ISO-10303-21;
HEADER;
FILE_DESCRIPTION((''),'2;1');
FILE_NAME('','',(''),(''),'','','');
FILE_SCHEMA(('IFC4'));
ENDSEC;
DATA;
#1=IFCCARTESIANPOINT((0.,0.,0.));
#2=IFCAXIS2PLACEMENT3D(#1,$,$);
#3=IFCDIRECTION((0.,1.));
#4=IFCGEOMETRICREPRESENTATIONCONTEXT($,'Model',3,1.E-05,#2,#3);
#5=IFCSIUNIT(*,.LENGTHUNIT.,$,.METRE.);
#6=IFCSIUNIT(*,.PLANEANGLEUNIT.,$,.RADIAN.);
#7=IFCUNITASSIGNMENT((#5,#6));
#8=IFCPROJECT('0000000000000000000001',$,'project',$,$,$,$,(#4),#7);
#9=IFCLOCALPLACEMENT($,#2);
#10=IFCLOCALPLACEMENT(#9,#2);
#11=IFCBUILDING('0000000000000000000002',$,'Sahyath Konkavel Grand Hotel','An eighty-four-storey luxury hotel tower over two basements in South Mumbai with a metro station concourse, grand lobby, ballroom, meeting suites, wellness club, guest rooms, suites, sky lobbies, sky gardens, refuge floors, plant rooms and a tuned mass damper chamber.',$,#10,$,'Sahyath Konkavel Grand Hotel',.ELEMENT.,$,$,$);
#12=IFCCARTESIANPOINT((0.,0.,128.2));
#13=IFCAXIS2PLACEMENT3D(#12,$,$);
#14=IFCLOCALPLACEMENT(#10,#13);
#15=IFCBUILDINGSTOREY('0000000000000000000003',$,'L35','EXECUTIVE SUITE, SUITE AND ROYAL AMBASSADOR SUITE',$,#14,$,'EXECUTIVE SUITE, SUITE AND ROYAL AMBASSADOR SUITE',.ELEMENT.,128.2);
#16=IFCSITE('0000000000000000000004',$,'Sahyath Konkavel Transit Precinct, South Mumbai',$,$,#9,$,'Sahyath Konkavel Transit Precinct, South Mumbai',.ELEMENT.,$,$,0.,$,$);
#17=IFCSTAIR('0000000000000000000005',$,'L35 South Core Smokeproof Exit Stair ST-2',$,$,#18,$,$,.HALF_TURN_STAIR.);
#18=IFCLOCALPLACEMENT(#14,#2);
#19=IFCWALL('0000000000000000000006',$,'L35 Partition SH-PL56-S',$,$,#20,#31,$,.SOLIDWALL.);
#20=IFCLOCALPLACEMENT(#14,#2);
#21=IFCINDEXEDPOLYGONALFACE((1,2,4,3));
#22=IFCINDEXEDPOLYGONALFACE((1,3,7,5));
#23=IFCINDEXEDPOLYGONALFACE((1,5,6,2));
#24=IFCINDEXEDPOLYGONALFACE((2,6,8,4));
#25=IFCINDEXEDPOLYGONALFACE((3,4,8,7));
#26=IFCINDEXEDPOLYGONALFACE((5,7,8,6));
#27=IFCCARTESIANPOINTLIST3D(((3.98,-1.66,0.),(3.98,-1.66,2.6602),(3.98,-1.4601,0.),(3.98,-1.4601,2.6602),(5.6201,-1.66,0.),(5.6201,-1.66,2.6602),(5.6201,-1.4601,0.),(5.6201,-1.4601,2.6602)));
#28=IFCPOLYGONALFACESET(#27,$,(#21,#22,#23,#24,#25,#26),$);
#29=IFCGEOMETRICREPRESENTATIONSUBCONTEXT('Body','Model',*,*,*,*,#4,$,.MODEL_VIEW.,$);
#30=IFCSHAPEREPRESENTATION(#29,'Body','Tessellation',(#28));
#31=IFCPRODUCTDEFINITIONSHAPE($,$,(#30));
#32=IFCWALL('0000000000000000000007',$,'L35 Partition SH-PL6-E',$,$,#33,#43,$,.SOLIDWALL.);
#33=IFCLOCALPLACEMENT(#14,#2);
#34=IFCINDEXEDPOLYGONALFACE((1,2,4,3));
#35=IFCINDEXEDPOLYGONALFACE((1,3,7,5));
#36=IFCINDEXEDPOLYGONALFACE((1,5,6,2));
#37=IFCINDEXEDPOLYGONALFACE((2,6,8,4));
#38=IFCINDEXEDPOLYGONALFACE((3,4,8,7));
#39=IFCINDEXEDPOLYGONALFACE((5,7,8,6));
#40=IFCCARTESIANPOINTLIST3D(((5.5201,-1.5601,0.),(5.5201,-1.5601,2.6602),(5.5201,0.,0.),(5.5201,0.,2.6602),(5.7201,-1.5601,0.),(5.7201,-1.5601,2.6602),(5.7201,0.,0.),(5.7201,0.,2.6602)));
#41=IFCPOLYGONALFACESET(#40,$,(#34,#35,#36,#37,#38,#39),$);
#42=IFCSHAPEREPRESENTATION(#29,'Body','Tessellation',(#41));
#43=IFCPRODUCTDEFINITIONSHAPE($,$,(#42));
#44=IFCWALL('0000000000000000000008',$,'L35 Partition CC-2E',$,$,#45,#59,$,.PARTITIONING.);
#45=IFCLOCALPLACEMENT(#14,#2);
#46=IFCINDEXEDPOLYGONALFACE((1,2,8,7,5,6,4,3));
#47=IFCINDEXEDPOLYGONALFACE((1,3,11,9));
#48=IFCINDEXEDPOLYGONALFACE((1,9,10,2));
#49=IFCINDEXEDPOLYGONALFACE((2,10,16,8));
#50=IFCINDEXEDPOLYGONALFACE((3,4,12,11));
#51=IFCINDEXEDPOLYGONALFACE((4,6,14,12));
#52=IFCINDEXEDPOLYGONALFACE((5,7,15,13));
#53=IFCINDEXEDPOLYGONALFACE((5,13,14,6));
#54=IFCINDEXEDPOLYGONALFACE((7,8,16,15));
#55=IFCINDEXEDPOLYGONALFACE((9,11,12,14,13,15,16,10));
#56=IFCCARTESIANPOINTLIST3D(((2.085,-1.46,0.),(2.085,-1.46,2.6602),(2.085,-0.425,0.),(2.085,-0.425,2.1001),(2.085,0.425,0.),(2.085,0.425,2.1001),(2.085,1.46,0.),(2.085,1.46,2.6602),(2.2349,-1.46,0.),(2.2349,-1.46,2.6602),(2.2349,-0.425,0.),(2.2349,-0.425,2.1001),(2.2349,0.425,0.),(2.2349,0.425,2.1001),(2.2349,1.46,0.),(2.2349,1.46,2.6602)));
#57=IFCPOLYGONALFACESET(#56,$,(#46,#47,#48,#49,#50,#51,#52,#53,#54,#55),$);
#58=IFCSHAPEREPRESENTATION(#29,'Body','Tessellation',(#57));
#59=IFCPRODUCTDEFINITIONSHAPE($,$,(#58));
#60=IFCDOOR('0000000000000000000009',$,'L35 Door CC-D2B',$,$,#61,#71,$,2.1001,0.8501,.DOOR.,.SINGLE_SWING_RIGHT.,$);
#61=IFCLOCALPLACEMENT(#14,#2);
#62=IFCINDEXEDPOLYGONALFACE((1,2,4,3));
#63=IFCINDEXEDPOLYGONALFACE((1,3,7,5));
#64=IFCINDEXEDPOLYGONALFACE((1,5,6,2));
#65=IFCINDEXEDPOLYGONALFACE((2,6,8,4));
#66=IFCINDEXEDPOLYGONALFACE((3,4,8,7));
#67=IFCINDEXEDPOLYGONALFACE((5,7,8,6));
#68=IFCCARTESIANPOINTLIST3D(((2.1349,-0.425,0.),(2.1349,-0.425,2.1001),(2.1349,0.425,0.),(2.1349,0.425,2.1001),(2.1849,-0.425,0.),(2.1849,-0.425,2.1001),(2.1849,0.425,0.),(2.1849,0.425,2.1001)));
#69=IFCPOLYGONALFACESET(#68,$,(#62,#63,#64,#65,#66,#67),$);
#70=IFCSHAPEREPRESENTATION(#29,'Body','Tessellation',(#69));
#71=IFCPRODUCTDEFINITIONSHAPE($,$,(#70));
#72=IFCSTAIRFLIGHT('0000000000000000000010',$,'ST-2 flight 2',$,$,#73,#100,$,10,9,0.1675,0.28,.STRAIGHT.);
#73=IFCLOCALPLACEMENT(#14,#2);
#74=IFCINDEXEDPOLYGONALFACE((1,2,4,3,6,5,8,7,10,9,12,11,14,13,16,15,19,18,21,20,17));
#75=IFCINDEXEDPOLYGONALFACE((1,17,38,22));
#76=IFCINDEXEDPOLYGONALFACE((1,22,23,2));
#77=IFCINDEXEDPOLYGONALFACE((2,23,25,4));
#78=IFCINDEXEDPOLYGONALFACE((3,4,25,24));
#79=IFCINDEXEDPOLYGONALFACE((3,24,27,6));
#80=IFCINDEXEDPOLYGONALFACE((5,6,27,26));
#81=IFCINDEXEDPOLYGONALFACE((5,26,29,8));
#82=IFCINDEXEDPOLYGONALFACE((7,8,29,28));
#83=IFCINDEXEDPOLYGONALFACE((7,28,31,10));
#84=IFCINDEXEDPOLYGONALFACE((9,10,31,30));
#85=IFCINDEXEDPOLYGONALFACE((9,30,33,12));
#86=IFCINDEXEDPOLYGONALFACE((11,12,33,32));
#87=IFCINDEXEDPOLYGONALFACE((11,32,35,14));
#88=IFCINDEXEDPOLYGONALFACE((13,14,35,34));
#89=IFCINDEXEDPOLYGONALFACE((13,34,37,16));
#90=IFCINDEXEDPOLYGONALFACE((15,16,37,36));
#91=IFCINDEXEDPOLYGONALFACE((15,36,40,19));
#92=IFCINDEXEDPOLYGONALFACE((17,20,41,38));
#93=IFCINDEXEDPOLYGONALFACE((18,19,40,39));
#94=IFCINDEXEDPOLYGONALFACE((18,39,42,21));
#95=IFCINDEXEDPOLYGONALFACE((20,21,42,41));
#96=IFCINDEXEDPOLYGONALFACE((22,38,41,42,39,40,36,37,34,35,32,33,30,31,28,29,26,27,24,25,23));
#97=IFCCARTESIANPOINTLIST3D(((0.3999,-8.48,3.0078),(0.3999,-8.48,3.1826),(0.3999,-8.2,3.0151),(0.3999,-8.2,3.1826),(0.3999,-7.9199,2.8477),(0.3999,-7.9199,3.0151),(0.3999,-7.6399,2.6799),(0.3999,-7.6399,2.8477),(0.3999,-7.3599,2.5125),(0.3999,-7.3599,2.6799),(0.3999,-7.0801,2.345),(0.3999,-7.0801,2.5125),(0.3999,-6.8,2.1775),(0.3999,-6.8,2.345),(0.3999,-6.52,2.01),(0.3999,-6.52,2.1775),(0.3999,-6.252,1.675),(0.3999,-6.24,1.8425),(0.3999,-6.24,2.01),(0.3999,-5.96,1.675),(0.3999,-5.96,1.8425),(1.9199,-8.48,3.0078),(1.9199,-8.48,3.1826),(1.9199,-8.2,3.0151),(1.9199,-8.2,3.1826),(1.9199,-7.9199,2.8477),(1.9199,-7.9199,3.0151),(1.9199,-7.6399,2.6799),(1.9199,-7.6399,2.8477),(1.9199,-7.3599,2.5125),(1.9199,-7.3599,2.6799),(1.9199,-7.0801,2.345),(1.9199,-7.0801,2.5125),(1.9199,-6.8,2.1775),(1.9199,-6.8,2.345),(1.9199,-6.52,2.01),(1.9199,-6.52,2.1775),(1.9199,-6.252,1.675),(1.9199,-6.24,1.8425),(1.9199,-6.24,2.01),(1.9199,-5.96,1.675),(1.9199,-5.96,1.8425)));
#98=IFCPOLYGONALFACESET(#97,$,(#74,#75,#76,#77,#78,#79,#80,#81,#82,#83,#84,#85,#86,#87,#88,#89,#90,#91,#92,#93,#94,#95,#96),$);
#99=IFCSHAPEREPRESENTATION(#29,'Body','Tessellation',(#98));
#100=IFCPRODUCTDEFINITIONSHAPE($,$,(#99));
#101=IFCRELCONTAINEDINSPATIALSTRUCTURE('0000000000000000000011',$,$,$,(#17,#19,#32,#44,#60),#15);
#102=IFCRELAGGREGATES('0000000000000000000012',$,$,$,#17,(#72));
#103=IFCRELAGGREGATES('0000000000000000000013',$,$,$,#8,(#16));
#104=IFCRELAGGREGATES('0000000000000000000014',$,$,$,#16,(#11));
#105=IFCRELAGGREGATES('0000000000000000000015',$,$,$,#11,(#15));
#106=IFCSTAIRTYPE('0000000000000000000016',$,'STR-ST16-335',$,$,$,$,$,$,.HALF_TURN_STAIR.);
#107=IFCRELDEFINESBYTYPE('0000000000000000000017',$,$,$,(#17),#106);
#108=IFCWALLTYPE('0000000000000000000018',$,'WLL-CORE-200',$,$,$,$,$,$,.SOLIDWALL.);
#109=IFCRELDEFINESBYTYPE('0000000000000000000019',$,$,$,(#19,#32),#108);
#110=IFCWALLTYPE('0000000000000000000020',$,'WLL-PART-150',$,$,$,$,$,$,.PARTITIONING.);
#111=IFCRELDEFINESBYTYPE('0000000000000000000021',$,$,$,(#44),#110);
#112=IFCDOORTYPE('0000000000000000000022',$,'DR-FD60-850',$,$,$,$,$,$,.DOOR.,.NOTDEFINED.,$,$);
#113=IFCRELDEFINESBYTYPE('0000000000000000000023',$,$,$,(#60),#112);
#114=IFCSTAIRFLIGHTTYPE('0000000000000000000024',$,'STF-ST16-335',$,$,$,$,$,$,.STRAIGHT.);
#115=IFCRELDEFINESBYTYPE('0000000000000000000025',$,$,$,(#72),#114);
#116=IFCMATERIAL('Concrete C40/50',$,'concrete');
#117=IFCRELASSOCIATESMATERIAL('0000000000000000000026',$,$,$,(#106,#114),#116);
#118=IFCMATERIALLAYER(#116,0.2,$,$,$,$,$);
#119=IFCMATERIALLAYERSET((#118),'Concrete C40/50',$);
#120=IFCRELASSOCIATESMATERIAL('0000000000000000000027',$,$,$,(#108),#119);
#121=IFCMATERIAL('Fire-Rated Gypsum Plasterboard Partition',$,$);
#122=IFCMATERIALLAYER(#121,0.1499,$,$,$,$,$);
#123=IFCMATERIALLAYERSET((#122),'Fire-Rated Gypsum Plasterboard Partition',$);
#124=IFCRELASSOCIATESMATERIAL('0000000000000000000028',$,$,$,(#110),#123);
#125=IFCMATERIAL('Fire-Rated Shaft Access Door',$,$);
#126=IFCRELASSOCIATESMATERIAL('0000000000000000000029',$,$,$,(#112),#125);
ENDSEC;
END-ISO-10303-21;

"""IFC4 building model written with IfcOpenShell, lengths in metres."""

from ifc_helpers import new_model, si_unit, direction, frame, frame_2d, origin, origin_2d, place, context, subcontext, project, spatial, polyline, rectangle, outline, extrude, source, transform, mapped, material, layer, layer_set, type_object, element, fill, aggregate, save


model = new_model("IFC4")

# Units and contexts
model_context = context("Model", 3, precision=1e-05, world=origin(), true_north=direction((0.0, 1.0)))
body_context = subcontext(model_context, "Body", "Model", "MODEL_VIEW")
ifc_project = project(units=[si_unit("LENGTHUNIT", "METRE"), si_unit("PLANEANGLEUNIT", "RADIAN")], contexts=[model_context])

# Site, building, storey
site_placement = place(None, origin())
site = spatial("IfcSite", under=ifc_project, at=site_placement, Name="Sahyath Konkavel Transit Precinct, South Mumbai", LongName="Sahyath Konkavel Transit Precinct, South Mumbai", CompositionType="ELEMENT", RefElevation=0.0)
building_placement = place(site_placement, origin())
building = spatial("IfcBuilding", under=site, at=building_placement, Name="Sahyath Konkavel Grand Hotel", Description="An eighty-four-storey luxury hotel tower over two basements in South Mumbai with a metro station concourse, grand lobby, ballroom, meeting suites, wellness club, guest rooms, suites, sky lobbies, sky gardens, refuge floors, plant rooms and a tuned mass damper chamber.", LongName="Sahyath Konkavel Grand Hotel", CompositionType="ELEMENT")
storey_placement = place(building_placement, frame((0.0, 0.0, 128.2)))
storey = spatial("IfcBuildingStorey", under=building, at=storey_placement, Name="L35", Description="EXECUTIVE SUITE, SUITE AND ROYAL AMBASSADOR SUITE", LongName="EXECUTIVE SUITE, SUITE AND ROYAL AMBASSADOR SUITE", CompositionType="ELEMENT", Elevation=128.2)

# Shared definitions
ifc_material_1 = material(Name="Concrete C40/50", Category="concrete")

# Stair
stair_type = type_object("IfcStairType", Name="STR-ST16-335", PredefinedType="HALF_TURN_STAIR", material=ifc_material_1)
stair_1_placement = place(storey_placement, origin())
stair_1 = element("IfcStair", 1, at=stair_1_placement, inside=storey, type_object=stair_type, Name="L35 South Core Smokeproof Exit Stair ST-2", PredefinedType="HALF_TURN_STAIR")

# Walls
ifc_layer_1 = layer(ifc_material_1, 0.2)
ifc_layer_set_1 = layer_set([ifc_layer_1], Name="Concrete C40/50")
wall_type_1 = type_object("IfcWallType", Name="WLL-CORE-200", PredefinedType="SOLIDWALL", material=ifc_layer_set_1)
wall_1_placement = place(storey_placement, frame((3.98, -1.5601, 0.0), z_axis=(0.0, 0.0, 1.0), x_axis=(1.0, 0.0, 0.0)))
element("IfcWall", 2, at=wall_1_placement, inside=storey, type_object=wall_type_1, Name="L35 Partition SH-PL56-S", PredefinedType="SOLIDWALL", context=body_context, shape_type="SweptSolid", body=[
    extrude(rectangle(XDim=1.6401, YDim=0.2, at=frame_2d((0.8201, 0.0))), origin(), (0.0, 0.0, 1.0), 2.6602),
])
wall_2_placement = place(storey_placement, frame((5.6201, -1.5601, 0.0), z_axis=(0.0, 0.0, 1.0), x_axis=(0.0, 1.0, 0.0)))
element("IfcWall", 3, at=wall_2_placement, inside=storey, type_object=wall_type_1, Name="L35 Partition SH-PL6-E", PredefinedType="SOLIDWALL", context=body_context, shape_type="SweptSolid", body=[
    extrude(rectangle(XDim=1.5601, YDim=0.2, at=frame_2d((0.78, 0.0))), origin(), (0.0, 0.0, 1.0), 2.6602),
])

# Wall, opening, door
ifc_material_2 = material(Name="Fire-Rated Gypsum Plasterboard Partition")
ifc_layer_2 = layer(ifc_material_2, 0.1499)
ifc_layer_set_2 = layer_set([ifc_layer_2], Name="Fire-Rated Gypsum Plasterboard Partition")
wall_type_2 = type_object("IfcWallType", Name="WLL-PART-150", PredefinedType="PARTITIONING", material=ifc_layer_set_2)
wall_3_placement = place(storey_placement, frame((2.1599, -1.46, 0.0), z_axis=(0.0, 0.0, 1.0), x_axis=(0.0, 1.0, 0.0)))
wall_3 = element("IfcWall", 4, at=wall_3_placement, inside=storey, type_object=wall_type_2, Name="L35 Partition CC-2E", PredefinedType="PARTITIONING", context=body_context, shape_type="SweptSolid", body=[
    extrude(rectangle(XDim=2.9199, YDim=0.1499, at=frame_2d((1.46, 0.0))), origin(), (0.0, 0.0, 1.0), 2.6602),
])
opening_placement = place(wall_3_placement, frame((1.0349, 0.0, 0.0)))
opening = element("IfcOpeningElement", 5, at=opening_placement, cuts=wall_3, PredefinedType="OPENING", context=body_context, shape_type="SweptSolid", body=[
    extrude(rectangle(XDim=0.8501, YDim=2.1001, at=frame_2d((0.425, 1.05))), frame((0.0, 0.085, 0.0), z_axis=(0.0, -1.0, 0.0), x_axis=(1.0, 0.0, 0.0)), (0.0, 0.0, 1.0), 0.1699),
])
ifc_material_3 = material(Name="Fire-Rated Shaft Access Door")
door_type = type_object("IfcDoorType", Name="DR-FD60-850", OperationType="NOTDEFINED", PredefinedType="DOOR", material=ifc_material_3)
shared_shape_1 = source(origin(), body_context, "Body", "SweptSolid", [
    extrude(rectangle(XDim=0.8501, YDim=0.05, at=origin_2d()), origin(), (0.0, 0.0, 1.0), 2.1001),
])
door_placement = place(opening_placement, frame((0.425, 0.0, 0.0)))
door = element("IfcDoor", 6, at=door_placement, inside=storey, type_object=door_type, Name="L35 Door CC-D2B", OperationType="SINGLE_SWING_RIGHT", OverallHeight=2.1001, OverallWidth=0.8501, PredefinedType="DOOR", context=body_context, shape_type="MappedRepresentation", body=[
    mapped(shared_shape_1, transform((0.0, 0.0, 0.0), scale=1.0)),
])
fill(opening, door)

# Stair flight
stair_flight_type = type_object("IfcStairFlightType", Name="STF-ST16-335", PredefinedType="STRAIGHT", material=ifc_material_1)
stair_flight_placement = place(storey_placement, frame((1.1599, -5.96, 1.675), z_axis=(0.0, 0.0, 1.0), x_axis=(0.0, -1.0, 0.0)))
stair_flight = element("IfcStairFlight", 7, at=stair_flight_placement, type_object=stair_flight_type, Name="ST-2 flight 2", NumberOfRisers=10, NumberOfTreads=9, PredefinedType="STRAIGHT", RiserHeight=0.1675, TreadLength=0.28, context=body_context, shape_type="SweptSolid", body=[
    extrude(outline(polyline([(0.0, 0.0), (0.0, 0.1675), (0.28, 0.1675), (0.28, 0.335), (0.5601, 0.335), (0.5601, 0.5024), (0.8401, 0.5024), (0.8401, 0.6699), (1.1201, 0.6699), (1.1201, 0.8374), (1.3999, 0.8374), (1.3999, 1.0049), (1.6799, 1.0049), (1.6799, 1.1726), (1.96, 1.1726), (1.96, 1.3401), (2.24, 1.3401), (2.24, 1.5076), (2.52, 1.5076), (2.52, 1.675), (2.52, 1.3328), (0.292, 0.0), (0.0, 0.0)])), frame((0.0, 0.76, 0.0), z_axis=(0.0, -1.0, 0.0), x_axis=(1.0, 0.0, 0.0)), (0.0, 0.0, 1.0), 1.52),
])
aggregate(stair_1, [stair_flight])

save(model, "model.ifc")
